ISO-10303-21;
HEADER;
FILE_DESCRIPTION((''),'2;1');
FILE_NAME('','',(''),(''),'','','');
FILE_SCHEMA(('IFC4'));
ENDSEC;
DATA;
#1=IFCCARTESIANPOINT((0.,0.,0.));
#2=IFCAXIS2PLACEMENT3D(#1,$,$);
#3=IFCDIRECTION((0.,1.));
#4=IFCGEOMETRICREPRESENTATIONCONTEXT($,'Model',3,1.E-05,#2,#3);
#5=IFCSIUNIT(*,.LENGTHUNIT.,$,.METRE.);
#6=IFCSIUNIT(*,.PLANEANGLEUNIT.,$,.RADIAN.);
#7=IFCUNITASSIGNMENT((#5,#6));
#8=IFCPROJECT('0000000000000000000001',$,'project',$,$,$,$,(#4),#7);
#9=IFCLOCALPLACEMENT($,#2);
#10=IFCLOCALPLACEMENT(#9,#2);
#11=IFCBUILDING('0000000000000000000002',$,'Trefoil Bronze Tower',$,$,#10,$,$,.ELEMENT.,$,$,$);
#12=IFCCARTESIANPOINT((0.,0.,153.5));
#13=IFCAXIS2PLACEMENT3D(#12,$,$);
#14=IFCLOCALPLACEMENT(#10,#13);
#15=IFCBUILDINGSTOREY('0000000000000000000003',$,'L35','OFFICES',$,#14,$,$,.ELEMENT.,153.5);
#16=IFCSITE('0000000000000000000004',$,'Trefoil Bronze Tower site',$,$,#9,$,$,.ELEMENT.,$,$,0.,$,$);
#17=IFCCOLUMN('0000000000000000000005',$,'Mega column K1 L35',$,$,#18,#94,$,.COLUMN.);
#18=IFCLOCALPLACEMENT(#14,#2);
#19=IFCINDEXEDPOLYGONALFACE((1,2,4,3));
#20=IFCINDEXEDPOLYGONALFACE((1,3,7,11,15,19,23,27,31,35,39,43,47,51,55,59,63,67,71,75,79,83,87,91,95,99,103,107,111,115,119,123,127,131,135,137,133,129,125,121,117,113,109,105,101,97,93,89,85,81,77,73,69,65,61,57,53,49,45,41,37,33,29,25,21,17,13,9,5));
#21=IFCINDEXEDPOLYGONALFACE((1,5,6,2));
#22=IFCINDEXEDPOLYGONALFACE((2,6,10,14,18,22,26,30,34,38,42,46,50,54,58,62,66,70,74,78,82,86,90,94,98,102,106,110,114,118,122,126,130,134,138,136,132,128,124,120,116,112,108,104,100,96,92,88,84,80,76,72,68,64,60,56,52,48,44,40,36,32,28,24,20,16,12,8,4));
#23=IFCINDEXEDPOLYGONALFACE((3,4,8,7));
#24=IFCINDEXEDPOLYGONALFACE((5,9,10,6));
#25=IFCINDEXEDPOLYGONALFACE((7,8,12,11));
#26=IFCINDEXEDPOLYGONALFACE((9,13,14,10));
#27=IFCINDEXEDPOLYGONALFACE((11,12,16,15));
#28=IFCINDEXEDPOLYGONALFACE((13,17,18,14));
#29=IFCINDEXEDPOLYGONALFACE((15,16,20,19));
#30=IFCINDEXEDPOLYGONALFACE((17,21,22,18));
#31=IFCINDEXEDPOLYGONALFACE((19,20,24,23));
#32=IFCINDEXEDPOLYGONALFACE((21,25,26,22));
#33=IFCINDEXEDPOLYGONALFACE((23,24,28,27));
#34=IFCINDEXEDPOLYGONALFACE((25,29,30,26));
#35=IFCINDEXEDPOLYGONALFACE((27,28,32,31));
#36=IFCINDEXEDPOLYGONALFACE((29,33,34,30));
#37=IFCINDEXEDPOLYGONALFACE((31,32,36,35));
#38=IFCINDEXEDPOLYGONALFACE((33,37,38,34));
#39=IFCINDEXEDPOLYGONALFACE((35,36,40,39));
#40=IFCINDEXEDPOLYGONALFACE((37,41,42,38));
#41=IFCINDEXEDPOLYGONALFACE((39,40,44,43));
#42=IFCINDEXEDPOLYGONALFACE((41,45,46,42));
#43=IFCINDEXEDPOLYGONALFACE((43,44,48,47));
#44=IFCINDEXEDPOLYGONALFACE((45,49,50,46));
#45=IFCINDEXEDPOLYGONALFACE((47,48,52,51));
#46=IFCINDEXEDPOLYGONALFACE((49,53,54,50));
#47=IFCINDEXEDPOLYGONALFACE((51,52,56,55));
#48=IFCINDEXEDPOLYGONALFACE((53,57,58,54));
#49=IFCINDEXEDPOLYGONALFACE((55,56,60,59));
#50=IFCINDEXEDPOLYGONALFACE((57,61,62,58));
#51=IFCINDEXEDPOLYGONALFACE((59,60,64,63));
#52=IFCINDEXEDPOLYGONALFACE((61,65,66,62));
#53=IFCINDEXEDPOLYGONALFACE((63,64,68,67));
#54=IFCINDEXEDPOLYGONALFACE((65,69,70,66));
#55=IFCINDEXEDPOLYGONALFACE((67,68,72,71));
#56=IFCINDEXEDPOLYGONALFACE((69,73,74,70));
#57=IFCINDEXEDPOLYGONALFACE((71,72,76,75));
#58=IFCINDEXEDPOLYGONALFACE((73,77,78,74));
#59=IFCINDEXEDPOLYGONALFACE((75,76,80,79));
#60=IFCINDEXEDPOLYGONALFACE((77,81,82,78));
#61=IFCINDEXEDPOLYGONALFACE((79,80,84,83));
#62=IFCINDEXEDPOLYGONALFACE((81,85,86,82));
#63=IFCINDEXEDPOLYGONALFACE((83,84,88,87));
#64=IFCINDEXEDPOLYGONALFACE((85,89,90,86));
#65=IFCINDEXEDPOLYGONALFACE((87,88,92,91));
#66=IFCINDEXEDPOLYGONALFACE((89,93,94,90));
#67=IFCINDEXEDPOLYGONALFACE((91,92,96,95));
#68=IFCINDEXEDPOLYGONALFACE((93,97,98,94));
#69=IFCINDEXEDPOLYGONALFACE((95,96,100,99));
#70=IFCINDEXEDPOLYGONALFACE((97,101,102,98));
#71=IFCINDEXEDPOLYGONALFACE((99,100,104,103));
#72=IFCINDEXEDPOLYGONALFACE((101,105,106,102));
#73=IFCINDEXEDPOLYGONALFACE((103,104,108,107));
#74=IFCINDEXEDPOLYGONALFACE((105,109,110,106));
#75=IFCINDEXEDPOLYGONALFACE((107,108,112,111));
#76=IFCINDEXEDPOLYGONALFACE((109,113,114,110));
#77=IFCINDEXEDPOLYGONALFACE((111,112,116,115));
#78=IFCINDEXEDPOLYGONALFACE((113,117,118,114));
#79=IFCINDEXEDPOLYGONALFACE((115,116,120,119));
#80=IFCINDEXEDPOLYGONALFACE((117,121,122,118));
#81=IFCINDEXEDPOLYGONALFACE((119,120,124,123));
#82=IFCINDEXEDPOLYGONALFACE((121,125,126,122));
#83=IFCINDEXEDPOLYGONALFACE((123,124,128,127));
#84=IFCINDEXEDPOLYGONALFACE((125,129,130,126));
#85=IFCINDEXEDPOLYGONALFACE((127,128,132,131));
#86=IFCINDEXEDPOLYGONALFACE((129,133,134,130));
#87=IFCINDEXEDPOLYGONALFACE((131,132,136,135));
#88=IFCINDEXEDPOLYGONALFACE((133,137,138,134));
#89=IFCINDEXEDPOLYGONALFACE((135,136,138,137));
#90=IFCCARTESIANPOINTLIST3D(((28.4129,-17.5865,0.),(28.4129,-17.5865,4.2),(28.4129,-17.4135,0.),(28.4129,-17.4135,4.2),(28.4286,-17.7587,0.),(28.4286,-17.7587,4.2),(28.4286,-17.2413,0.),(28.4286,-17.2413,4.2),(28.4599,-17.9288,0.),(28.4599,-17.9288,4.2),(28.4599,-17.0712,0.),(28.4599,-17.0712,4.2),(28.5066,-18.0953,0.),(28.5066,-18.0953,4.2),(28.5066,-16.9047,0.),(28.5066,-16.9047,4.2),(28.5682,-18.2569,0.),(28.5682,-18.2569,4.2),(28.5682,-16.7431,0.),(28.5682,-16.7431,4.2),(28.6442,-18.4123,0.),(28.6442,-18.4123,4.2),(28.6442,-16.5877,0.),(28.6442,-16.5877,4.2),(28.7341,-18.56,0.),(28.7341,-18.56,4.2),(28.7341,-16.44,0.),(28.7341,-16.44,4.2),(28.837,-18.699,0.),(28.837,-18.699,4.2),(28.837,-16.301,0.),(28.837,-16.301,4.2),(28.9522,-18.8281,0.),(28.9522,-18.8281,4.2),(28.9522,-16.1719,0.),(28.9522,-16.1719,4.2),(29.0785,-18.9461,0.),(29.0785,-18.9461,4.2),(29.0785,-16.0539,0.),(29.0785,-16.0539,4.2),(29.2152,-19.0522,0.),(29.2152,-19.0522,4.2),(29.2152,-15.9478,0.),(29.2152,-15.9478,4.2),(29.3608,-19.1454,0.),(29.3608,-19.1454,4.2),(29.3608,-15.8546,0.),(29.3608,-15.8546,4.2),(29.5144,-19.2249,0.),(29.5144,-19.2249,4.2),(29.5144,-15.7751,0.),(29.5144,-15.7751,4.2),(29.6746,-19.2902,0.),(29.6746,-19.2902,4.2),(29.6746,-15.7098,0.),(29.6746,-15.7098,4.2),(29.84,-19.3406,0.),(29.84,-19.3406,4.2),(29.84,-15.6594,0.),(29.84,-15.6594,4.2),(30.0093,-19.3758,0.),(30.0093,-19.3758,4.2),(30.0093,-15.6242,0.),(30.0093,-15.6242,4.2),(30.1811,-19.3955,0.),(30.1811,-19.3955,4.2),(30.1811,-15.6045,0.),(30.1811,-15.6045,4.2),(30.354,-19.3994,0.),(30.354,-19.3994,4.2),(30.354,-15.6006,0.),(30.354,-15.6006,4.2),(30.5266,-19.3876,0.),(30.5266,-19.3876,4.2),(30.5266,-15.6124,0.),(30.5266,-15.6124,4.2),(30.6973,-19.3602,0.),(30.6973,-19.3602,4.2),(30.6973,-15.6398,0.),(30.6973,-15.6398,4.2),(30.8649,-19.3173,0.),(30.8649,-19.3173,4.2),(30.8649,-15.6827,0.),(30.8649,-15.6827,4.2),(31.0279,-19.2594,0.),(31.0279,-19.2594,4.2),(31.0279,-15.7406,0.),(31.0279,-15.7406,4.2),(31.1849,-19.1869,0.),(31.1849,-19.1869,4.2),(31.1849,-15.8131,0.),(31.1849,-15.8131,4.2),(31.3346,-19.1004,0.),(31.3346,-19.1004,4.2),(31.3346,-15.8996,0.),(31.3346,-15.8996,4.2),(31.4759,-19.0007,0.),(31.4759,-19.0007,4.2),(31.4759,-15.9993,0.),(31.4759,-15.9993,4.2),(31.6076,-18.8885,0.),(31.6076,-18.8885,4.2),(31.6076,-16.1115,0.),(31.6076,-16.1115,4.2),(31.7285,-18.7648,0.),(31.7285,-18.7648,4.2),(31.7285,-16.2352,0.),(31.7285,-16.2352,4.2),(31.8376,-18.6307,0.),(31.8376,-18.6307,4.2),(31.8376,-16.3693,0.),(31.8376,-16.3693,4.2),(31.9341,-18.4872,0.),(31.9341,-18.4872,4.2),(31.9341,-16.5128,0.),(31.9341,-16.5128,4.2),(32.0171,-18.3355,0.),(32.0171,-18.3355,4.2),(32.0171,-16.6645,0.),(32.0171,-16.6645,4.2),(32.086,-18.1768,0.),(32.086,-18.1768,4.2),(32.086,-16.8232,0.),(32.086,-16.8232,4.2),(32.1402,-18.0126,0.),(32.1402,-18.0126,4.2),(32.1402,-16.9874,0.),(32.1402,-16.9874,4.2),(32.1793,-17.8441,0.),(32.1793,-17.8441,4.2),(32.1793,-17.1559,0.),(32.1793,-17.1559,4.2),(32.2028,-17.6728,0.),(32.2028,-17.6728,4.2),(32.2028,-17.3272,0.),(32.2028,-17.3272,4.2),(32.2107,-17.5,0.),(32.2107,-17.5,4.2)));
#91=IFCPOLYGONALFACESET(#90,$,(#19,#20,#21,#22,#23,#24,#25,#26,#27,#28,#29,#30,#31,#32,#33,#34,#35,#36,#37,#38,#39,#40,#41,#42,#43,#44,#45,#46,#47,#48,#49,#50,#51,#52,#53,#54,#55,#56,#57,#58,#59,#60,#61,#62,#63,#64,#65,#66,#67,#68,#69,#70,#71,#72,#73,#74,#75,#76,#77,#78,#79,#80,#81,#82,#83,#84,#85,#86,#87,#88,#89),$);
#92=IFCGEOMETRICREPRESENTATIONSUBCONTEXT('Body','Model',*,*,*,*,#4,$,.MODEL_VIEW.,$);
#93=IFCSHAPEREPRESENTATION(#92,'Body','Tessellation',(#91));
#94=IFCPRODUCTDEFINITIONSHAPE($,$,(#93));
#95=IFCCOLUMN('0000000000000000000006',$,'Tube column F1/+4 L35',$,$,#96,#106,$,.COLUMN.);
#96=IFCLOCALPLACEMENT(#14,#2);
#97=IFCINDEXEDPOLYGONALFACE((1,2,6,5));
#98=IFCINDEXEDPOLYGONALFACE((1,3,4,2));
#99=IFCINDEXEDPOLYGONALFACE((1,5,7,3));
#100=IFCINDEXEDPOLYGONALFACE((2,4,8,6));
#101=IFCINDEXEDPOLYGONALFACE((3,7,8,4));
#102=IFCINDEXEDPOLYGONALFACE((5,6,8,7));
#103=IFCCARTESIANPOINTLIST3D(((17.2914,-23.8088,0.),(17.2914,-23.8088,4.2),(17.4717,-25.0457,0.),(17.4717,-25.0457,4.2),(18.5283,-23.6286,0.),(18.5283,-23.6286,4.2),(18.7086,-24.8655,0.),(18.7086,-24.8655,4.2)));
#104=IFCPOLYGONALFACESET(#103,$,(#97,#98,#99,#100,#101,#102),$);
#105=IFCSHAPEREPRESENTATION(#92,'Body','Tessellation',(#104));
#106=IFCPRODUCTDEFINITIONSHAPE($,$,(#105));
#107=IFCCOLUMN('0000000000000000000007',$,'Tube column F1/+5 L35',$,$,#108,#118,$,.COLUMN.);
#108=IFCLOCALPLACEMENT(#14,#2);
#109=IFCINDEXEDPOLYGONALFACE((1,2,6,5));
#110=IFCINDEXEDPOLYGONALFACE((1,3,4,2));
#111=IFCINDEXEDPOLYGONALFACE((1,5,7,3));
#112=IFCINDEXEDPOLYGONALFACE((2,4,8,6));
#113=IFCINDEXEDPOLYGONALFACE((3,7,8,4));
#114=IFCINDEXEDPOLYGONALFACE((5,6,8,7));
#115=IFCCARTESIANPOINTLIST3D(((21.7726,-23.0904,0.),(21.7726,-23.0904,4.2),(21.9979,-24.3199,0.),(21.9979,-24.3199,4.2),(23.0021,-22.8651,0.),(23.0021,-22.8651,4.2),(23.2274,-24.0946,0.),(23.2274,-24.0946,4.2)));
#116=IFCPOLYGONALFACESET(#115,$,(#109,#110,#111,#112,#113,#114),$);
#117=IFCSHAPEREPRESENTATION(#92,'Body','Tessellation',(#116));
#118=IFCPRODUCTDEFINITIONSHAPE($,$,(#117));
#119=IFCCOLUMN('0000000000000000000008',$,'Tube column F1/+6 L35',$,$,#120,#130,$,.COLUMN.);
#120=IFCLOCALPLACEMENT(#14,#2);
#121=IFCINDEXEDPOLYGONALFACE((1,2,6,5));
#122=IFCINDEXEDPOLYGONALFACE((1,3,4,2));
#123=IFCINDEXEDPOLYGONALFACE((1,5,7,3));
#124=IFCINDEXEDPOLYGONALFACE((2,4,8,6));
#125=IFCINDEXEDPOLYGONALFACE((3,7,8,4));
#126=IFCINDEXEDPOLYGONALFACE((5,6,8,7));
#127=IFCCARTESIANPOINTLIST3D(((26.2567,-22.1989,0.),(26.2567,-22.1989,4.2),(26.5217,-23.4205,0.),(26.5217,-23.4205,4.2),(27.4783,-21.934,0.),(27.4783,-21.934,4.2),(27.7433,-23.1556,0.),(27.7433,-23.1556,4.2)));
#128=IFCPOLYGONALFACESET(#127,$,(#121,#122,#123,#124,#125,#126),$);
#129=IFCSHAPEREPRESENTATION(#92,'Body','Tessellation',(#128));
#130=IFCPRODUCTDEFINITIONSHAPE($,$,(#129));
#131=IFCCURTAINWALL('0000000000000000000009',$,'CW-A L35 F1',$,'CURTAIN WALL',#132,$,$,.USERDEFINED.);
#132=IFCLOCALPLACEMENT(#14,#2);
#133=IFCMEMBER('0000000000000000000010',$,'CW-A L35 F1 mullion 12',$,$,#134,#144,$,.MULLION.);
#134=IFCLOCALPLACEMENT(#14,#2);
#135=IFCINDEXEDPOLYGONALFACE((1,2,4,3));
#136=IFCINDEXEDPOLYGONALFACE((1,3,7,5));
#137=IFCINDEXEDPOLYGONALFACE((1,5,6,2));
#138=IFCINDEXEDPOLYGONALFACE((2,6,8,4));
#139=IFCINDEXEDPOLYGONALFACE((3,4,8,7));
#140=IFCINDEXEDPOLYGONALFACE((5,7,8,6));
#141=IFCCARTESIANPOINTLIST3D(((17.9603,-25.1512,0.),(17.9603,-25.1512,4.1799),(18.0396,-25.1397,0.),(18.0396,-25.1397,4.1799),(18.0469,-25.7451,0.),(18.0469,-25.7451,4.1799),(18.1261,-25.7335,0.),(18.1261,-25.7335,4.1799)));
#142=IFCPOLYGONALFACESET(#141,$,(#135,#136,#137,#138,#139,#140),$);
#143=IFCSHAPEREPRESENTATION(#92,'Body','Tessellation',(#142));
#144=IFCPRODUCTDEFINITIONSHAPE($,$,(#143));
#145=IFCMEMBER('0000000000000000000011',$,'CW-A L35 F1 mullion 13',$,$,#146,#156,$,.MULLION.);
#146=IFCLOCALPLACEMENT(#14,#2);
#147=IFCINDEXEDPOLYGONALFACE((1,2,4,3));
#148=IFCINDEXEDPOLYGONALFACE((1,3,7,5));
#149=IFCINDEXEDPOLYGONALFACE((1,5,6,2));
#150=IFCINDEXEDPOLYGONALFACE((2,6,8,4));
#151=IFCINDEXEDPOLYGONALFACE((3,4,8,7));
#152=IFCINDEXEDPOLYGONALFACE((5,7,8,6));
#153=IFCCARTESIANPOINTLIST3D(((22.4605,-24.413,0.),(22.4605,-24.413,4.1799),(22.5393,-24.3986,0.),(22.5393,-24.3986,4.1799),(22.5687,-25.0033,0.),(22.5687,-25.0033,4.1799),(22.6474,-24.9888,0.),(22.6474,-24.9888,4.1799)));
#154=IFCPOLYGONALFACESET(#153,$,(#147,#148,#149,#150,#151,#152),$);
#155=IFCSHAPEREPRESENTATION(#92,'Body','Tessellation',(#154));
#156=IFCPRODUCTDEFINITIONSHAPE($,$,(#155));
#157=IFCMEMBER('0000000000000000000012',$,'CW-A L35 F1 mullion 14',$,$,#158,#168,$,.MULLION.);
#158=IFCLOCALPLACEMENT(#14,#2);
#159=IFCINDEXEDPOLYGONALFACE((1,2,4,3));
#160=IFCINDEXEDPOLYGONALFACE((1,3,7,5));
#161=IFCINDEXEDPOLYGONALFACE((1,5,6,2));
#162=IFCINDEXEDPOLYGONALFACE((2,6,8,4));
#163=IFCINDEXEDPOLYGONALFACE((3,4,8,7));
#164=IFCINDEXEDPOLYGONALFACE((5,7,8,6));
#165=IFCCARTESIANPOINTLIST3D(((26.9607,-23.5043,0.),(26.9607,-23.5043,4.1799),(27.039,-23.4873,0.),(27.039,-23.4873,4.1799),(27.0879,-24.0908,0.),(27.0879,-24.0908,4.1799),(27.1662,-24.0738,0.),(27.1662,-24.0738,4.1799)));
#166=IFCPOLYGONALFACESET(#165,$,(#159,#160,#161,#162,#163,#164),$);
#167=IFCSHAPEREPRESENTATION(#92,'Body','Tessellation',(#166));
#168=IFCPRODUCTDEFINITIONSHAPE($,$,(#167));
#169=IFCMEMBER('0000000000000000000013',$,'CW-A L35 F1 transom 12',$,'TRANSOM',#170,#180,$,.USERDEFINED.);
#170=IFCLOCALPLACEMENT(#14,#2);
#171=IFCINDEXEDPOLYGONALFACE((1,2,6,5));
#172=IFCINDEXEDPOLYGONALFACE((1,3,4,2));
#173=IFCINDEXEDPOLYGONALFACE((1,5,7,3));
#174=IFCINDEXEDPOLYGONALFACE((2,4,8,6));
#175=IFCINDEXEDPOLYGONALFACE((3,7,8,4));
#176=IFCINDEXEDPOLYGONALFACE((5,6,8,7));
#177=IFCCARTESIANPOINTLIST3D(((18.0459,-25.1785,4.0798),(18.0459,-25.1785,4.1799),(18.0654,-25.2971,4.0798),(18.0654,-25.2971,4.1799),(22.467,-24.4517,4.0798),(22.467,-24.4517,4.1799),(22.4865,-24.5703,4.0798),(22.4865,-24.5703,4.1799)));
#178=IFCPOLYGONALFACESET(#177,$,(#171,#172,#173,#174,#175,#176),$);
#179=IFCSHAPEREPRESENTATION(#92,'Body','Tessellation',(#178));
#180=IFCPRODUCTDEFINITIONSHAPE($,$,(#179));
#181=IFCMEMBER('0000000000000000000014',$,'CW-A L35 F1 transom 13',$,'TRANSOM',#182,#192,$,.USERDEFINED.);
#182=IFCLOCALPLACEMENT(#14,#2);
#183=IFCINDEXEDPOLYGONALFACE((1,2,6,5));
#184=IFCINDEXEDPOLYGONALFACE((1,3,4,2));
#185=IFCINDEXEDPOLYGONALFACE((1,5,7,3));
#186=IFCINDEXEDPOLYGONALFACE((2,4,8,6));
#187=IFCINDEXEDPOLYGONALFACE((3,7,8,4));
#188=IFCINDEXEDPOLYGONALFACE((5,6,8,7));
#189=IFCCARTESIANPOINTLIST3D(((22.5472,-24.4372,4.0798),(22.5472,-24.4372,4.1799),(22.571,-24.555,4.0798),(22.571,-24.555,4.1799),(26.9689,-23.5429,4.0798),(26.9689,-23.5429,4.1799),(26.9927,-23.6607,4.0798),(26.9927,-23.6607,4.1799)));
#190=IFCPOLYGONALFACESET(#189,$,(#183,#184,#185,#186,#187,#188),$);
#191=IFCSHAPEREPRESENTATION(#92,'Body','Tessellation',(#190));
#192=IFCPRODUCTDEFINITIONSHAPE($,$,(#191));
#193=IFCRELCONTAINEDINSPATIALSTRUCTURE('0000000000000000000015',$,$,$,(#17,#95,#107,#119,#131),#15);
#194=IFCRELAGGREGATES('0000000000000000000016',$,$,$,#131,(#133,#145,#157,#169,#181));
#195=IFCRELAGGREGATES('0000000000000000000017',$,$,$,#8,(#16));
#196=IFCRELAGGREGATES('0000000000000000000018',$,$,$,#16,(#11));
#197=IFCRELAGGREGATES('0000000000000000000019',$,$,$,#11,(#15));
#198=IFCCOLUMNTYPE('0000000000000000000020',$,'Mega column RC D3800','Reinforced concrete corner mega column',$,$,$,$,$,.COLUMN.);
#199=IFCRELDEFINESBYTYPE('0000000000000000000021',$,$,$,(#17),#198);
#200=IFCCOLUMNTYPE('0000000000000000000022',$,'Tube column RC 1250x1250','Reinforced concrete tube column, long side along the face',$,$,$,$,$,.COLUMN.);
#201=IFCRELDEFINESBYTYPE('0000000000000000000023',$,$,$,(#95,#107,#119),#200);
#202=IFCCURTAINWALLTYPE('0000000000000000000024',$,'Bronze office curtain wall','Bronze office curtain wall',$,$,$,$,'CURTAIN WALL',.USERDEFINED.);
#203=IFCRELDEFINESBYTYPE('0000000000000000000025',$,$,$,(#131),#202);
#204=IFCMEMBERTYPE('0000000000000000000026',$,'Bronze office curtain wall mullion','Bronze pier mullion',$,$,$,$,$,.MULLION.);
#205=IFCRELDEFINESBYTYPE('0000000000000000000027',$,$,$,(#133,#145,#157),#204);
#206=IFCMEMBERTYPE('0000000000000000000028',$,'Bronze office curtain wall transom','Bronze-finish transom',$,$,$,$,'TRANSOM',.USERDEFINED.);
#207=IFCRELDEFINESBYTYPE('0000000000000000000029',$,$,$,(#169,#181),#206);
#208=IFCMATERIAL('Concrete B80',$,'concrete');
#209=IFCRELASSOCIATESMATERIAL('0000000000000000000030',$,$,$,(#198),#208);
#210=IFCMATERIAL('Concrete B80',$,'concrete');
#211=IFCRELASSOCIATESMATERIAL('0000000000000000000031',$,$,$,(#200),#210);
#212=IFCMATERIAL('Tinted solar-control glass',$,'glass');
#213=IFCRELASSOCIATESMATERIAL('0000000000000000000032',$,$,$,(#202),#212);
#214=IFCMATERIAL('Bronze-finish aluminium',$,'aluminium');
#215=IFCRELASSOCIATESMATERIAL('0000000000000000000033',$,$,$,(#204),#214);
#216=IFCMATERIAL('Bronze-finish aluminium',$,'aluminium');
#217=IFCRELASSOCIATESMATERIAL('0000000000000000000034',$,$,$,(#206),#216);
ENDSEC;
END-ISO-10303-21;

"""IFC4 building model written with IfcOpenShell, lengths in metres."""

from ifc_helpers import new_model, si_unit, direction, frame, origin, origin_2d, place, context, subcontext, project, spatial, rectangle, circle, extrude, material, material_profile, profile_set, type_object, element, aggregate, save


model = new_model("IFC4")

# Units and contexts
model_context = context("Model", 3, precision=1e-05, world=origin(), true_north=direction((0.0, 1.0)))
body_context = subcontext(model_context, "Body", "Model", "MODEL_VIEW")
ifc_project = project(units=[si_unit("LENGTHUNIT", "METRE"), si_unit("PLANEANGLEUNIT", "RADIAN")], contexts=[model_context])

# Site, building, storey
site_placement = place(None, origin())
site = spatial("IfcSite", under=ifc_project, at=site_placement, Name="Trefoil Bronze Tower site", CompositionType="ELEMENT", RefElevation=0.0)
building_placement = place(site_placement, origin())
building = spatial("IfcBuilding", under=site, at=building_placement, Name="Trefoil Bronze Tower", CompositionType="ELEMENT")
storey_placement = place(building_placement, frame((0.0, 0.0, 153.5)))
storey = spatial("IfcBuildingStorey", under=building, at=storey_placement, Name="L35", Description="OFFICES", CompositionType="ELEMENT", Elevation=153.5)

# Columns
ifc_material_1 = material(Name="Concrete B80", Category="concrete")
ifc_material_profile_1 = material_profile(ifc_material_1, circle(Radius=1.8999, at=origin_2d()), Name="RC D3800")
ifc_profile_set_1 = profile_set([ifc_material_profile_1], Name="Concrete B80")
column_type_1 = type_object("IfcColumnType", Name="Mega column RC D3800", Description="Reinforced concrete corner mega column", PredefinedType="COLUMN", material=ifc_profile_set_1)
column_placement = place(storey_placement, frame((30.3108, -17.5, 0.0), z_axis=(0.0, 0.0, 1.0), x_axis=(1.0, 0.0, 0.0)))
element("IfcColumn", 1, at=column_placement, inside=storey, type_object=column_type_1, Name="Mega column K1 L35", PredefinedType="COLUMN", context=body_context, shape_type="SweptSolid", body=[
    extrude(circle(Radius=1.8999, at=origin_2d()), origin(), (0.0, 0.0, 1.0), 4.2),
])
ifc_material_2 = material(Name="Concrete B80", Category="concrete")
ifc_material_profile_2 = material_profile(ifc_material_2, rectangle(XDim=1.25, YDim=1.25, at=origin_2d()), Name="RC 1250x1250")
ifc_profile_set_2 = profile_set([ifc_material_profile_2], Name="Concrete B80")
column_type_2 = type_object("IfcColumnType", Name="Tube column RC 1250x1250", Description="Reinforced concrete tube column, long side along the face", PredefinedType="COLUMN", material=ifc_profile_set_2)
for number, where, z_axis, x_axis, name in (
    (2, (18.0, -24.3372, 0.0), (0.0, 0.0, 1.0), (0.98955, 0.144192, 0.0), "Tube column F1/+4 L35"),
    (3, (22.5, -23.5925, 0.0), (0.0, 0.0, 1.0), (0.983623, 0.180241, 0.0), "Tube column F1/+5 L35"),
    (4, (27.0, -22.6772, 0.0), (0.0, 0.0, 1.0), (0.977276, 0.21197, 0.0), "Tube column F1/+6 L35"),
):
    element("IfcColumn", number, at=place(storey_placement, frame(where, z_axis=z_axis, x_axis=x_axis)), inside=storey, type_object=column_type_2, Name=name, PredefinedType="COLUMN", context=body_context, shape_type="SweptSolid", body=[
        extrude(rectangle(XDim=1.25, YDim=1.25, at=origin_2d()), origin(), (0.0, 0.0, 1.0), 4.2),
    ])

# Curtain wall, members
ifc_material_3 = material(Name="Tinted solar-control glass", Category="glass")
curtain_wall_type_1 = type_object("IfcCurtainWallType", Name="Bronze office curtain wall", Description="Bronze office curtain wall", ElementType="CURTAIN WALL", PredefinedType="USERDEFINED", material=ifc_material_3)
curtain_wall_1_placement = place(storey_placement, origin())
curtain_wall_1 = element("IfcCurtainWall", 5, at=curtain_wall_1_placement, inside=storey, type_object=curtain_wall_type_1, Name="CW-A L35 F1", ObjectType="CURTAIN WALL", PredefinedType="USERDEFINED")
ifc_material_4 = material(Name="Bronze-finish aluminium", Category="aluminium")
ifc_material_profile_3 = material_profile(ifc_material_4, rectangle(XDim=0.6001, YDim=0.0801, at=origin_2d()), Name="CW-A mullion")
ifc_profile_set_3 = profile_set([ifc_material_profile_3], Name="Bronze-finish aluminium")
member_type_1 = type_object("IfcMemberType", Name="Bronze office curtain wall mullion", Description="Bronze pier mullion", PredefinedType="MULLION", material=ifc_profile_set_3)
member_1_placement = place(storey_placement, frame((18.0432, -25.4424, 0.0), z_axis=(0.0, 0.0, 1.0), x_axis=(-0.144192, 0.98955, 0.0)))
member_1 = element("IfcMember", 6, at=member_1_placement, type_object=member_type_1, Name="CW-A L35 F1 mullion 12", PredefinedType="MULLION", context=body_context, shape_type="SweptSolid", body=[
    extrude(rectangle(XDim=0.6001, YDim=0.0801, at=origin_2d()), origin(), (0.0, 0.0, 1.0), 4.1799),
])
member_2_placement = place(storey_placement, frame((22.554, -24.7009, 0.0), z_axis=(0.0, 0.0, 1.0), x_axis=(-0.180241, 0.983623, 0.0)))
member_2 = element("IfcMember", 7, at=member_2_placement, type_object=member_type_1, Name="CW-A L35 F1 mullion 13", PredefinedType="MULLION", context=body_context, shape_type="SweptSolid", body=[
    extrude(rectangle(XDim=0.6001, YDim=0.0801, at=origin_2d()), origin(), (0.0, 0.0, 1.0), 4.1799),
])
member_3_placement = place(storey_placement, frame((27.0635, -23.7891, 0.0), z_axis=(0.0, 0.0, 1.0), x_axis=(-0.21197, 0.977276, 0.0)))
member_3 = element("IfcMember", 8, at=member_3_placement, type_object=member_type_1, Name="CW-A L35 F1 mullion 14", PredefinedType="MULLION", context=body_context, shape_type="SweptSolid", body=[
    extrude(rectangle(XDim=0.6001, YDim=0.0801, at=origin_2d()), origin(), (0.0, 0.0, 1.0), 4.1799),
])
ifc_material_5 = material(Name="Bronze-finish aluminium", Category="aluminium")
ifc_material_profile_4 = material_profile(ifc_material_5, rectangle(XDim=0.1201, YDim=0.1001, at=origin_2d()), Name="CW-A transom")
ifc_profile_set_4 = profile_set([ifc_material_profile_4], Name="Bronze-finish aluminium")
member_type_2 = type_object("IfcMemberType", Name="Bronze office curtain wall transom", Description="Bronze-finish transom", ElementType="TRANSOM", PredefinedType="USERDEFINED", material=ifc_profile_set_4)
member_4_placement = place(storey_placement, frame((18.0557, -25.2378, 4.1299), z_axis=(0.986755, 0.162216, 0.0), x_axis=(-0.162216, 0.986755, 0.0)))
member_4 = element("IfcMember", 9, at=member_4_placement, type_object=member_type_2, Name="CW-A L35 F1 transom 12", ObjectType="TRANSOM", PredefinedType="USERDEFINED", context=body_context, shape_type="SweptSolid", body=[
    extrude(rectangle(XDim=0.1201, YDim=0.1001, at=origin_2d()), origin(), (0.0, 0.0, 1.0), 4.4805),
])
member_5_placement = place(storey_placement, frame((22.5591, -24.4961, 4.1299), z_axis=(0.980154, 0.198239, 0.0), x_axis=(-0.198239, 0.980154, 0.0)))
member_5 = element("IfcMember", 10, at=member_5_placement, type_object=member_type_2, Name="CW-A L35 F1 transom 13", ObjectType="TRANSOM", PredefinedType="USERDEFINED", context=body_context, shape_type="SweptSolid", body=[
    extrude(rectangle(XDim=0.1201, YDim=0.1001, at=origin_2d()), origin(), (0.0, 0.0, 1.0), 4.5112),
])

aggregate(curtain_wall_1, [member_1, member_2, member_3, member_4, member_5])

save(model, "model.ifc")
